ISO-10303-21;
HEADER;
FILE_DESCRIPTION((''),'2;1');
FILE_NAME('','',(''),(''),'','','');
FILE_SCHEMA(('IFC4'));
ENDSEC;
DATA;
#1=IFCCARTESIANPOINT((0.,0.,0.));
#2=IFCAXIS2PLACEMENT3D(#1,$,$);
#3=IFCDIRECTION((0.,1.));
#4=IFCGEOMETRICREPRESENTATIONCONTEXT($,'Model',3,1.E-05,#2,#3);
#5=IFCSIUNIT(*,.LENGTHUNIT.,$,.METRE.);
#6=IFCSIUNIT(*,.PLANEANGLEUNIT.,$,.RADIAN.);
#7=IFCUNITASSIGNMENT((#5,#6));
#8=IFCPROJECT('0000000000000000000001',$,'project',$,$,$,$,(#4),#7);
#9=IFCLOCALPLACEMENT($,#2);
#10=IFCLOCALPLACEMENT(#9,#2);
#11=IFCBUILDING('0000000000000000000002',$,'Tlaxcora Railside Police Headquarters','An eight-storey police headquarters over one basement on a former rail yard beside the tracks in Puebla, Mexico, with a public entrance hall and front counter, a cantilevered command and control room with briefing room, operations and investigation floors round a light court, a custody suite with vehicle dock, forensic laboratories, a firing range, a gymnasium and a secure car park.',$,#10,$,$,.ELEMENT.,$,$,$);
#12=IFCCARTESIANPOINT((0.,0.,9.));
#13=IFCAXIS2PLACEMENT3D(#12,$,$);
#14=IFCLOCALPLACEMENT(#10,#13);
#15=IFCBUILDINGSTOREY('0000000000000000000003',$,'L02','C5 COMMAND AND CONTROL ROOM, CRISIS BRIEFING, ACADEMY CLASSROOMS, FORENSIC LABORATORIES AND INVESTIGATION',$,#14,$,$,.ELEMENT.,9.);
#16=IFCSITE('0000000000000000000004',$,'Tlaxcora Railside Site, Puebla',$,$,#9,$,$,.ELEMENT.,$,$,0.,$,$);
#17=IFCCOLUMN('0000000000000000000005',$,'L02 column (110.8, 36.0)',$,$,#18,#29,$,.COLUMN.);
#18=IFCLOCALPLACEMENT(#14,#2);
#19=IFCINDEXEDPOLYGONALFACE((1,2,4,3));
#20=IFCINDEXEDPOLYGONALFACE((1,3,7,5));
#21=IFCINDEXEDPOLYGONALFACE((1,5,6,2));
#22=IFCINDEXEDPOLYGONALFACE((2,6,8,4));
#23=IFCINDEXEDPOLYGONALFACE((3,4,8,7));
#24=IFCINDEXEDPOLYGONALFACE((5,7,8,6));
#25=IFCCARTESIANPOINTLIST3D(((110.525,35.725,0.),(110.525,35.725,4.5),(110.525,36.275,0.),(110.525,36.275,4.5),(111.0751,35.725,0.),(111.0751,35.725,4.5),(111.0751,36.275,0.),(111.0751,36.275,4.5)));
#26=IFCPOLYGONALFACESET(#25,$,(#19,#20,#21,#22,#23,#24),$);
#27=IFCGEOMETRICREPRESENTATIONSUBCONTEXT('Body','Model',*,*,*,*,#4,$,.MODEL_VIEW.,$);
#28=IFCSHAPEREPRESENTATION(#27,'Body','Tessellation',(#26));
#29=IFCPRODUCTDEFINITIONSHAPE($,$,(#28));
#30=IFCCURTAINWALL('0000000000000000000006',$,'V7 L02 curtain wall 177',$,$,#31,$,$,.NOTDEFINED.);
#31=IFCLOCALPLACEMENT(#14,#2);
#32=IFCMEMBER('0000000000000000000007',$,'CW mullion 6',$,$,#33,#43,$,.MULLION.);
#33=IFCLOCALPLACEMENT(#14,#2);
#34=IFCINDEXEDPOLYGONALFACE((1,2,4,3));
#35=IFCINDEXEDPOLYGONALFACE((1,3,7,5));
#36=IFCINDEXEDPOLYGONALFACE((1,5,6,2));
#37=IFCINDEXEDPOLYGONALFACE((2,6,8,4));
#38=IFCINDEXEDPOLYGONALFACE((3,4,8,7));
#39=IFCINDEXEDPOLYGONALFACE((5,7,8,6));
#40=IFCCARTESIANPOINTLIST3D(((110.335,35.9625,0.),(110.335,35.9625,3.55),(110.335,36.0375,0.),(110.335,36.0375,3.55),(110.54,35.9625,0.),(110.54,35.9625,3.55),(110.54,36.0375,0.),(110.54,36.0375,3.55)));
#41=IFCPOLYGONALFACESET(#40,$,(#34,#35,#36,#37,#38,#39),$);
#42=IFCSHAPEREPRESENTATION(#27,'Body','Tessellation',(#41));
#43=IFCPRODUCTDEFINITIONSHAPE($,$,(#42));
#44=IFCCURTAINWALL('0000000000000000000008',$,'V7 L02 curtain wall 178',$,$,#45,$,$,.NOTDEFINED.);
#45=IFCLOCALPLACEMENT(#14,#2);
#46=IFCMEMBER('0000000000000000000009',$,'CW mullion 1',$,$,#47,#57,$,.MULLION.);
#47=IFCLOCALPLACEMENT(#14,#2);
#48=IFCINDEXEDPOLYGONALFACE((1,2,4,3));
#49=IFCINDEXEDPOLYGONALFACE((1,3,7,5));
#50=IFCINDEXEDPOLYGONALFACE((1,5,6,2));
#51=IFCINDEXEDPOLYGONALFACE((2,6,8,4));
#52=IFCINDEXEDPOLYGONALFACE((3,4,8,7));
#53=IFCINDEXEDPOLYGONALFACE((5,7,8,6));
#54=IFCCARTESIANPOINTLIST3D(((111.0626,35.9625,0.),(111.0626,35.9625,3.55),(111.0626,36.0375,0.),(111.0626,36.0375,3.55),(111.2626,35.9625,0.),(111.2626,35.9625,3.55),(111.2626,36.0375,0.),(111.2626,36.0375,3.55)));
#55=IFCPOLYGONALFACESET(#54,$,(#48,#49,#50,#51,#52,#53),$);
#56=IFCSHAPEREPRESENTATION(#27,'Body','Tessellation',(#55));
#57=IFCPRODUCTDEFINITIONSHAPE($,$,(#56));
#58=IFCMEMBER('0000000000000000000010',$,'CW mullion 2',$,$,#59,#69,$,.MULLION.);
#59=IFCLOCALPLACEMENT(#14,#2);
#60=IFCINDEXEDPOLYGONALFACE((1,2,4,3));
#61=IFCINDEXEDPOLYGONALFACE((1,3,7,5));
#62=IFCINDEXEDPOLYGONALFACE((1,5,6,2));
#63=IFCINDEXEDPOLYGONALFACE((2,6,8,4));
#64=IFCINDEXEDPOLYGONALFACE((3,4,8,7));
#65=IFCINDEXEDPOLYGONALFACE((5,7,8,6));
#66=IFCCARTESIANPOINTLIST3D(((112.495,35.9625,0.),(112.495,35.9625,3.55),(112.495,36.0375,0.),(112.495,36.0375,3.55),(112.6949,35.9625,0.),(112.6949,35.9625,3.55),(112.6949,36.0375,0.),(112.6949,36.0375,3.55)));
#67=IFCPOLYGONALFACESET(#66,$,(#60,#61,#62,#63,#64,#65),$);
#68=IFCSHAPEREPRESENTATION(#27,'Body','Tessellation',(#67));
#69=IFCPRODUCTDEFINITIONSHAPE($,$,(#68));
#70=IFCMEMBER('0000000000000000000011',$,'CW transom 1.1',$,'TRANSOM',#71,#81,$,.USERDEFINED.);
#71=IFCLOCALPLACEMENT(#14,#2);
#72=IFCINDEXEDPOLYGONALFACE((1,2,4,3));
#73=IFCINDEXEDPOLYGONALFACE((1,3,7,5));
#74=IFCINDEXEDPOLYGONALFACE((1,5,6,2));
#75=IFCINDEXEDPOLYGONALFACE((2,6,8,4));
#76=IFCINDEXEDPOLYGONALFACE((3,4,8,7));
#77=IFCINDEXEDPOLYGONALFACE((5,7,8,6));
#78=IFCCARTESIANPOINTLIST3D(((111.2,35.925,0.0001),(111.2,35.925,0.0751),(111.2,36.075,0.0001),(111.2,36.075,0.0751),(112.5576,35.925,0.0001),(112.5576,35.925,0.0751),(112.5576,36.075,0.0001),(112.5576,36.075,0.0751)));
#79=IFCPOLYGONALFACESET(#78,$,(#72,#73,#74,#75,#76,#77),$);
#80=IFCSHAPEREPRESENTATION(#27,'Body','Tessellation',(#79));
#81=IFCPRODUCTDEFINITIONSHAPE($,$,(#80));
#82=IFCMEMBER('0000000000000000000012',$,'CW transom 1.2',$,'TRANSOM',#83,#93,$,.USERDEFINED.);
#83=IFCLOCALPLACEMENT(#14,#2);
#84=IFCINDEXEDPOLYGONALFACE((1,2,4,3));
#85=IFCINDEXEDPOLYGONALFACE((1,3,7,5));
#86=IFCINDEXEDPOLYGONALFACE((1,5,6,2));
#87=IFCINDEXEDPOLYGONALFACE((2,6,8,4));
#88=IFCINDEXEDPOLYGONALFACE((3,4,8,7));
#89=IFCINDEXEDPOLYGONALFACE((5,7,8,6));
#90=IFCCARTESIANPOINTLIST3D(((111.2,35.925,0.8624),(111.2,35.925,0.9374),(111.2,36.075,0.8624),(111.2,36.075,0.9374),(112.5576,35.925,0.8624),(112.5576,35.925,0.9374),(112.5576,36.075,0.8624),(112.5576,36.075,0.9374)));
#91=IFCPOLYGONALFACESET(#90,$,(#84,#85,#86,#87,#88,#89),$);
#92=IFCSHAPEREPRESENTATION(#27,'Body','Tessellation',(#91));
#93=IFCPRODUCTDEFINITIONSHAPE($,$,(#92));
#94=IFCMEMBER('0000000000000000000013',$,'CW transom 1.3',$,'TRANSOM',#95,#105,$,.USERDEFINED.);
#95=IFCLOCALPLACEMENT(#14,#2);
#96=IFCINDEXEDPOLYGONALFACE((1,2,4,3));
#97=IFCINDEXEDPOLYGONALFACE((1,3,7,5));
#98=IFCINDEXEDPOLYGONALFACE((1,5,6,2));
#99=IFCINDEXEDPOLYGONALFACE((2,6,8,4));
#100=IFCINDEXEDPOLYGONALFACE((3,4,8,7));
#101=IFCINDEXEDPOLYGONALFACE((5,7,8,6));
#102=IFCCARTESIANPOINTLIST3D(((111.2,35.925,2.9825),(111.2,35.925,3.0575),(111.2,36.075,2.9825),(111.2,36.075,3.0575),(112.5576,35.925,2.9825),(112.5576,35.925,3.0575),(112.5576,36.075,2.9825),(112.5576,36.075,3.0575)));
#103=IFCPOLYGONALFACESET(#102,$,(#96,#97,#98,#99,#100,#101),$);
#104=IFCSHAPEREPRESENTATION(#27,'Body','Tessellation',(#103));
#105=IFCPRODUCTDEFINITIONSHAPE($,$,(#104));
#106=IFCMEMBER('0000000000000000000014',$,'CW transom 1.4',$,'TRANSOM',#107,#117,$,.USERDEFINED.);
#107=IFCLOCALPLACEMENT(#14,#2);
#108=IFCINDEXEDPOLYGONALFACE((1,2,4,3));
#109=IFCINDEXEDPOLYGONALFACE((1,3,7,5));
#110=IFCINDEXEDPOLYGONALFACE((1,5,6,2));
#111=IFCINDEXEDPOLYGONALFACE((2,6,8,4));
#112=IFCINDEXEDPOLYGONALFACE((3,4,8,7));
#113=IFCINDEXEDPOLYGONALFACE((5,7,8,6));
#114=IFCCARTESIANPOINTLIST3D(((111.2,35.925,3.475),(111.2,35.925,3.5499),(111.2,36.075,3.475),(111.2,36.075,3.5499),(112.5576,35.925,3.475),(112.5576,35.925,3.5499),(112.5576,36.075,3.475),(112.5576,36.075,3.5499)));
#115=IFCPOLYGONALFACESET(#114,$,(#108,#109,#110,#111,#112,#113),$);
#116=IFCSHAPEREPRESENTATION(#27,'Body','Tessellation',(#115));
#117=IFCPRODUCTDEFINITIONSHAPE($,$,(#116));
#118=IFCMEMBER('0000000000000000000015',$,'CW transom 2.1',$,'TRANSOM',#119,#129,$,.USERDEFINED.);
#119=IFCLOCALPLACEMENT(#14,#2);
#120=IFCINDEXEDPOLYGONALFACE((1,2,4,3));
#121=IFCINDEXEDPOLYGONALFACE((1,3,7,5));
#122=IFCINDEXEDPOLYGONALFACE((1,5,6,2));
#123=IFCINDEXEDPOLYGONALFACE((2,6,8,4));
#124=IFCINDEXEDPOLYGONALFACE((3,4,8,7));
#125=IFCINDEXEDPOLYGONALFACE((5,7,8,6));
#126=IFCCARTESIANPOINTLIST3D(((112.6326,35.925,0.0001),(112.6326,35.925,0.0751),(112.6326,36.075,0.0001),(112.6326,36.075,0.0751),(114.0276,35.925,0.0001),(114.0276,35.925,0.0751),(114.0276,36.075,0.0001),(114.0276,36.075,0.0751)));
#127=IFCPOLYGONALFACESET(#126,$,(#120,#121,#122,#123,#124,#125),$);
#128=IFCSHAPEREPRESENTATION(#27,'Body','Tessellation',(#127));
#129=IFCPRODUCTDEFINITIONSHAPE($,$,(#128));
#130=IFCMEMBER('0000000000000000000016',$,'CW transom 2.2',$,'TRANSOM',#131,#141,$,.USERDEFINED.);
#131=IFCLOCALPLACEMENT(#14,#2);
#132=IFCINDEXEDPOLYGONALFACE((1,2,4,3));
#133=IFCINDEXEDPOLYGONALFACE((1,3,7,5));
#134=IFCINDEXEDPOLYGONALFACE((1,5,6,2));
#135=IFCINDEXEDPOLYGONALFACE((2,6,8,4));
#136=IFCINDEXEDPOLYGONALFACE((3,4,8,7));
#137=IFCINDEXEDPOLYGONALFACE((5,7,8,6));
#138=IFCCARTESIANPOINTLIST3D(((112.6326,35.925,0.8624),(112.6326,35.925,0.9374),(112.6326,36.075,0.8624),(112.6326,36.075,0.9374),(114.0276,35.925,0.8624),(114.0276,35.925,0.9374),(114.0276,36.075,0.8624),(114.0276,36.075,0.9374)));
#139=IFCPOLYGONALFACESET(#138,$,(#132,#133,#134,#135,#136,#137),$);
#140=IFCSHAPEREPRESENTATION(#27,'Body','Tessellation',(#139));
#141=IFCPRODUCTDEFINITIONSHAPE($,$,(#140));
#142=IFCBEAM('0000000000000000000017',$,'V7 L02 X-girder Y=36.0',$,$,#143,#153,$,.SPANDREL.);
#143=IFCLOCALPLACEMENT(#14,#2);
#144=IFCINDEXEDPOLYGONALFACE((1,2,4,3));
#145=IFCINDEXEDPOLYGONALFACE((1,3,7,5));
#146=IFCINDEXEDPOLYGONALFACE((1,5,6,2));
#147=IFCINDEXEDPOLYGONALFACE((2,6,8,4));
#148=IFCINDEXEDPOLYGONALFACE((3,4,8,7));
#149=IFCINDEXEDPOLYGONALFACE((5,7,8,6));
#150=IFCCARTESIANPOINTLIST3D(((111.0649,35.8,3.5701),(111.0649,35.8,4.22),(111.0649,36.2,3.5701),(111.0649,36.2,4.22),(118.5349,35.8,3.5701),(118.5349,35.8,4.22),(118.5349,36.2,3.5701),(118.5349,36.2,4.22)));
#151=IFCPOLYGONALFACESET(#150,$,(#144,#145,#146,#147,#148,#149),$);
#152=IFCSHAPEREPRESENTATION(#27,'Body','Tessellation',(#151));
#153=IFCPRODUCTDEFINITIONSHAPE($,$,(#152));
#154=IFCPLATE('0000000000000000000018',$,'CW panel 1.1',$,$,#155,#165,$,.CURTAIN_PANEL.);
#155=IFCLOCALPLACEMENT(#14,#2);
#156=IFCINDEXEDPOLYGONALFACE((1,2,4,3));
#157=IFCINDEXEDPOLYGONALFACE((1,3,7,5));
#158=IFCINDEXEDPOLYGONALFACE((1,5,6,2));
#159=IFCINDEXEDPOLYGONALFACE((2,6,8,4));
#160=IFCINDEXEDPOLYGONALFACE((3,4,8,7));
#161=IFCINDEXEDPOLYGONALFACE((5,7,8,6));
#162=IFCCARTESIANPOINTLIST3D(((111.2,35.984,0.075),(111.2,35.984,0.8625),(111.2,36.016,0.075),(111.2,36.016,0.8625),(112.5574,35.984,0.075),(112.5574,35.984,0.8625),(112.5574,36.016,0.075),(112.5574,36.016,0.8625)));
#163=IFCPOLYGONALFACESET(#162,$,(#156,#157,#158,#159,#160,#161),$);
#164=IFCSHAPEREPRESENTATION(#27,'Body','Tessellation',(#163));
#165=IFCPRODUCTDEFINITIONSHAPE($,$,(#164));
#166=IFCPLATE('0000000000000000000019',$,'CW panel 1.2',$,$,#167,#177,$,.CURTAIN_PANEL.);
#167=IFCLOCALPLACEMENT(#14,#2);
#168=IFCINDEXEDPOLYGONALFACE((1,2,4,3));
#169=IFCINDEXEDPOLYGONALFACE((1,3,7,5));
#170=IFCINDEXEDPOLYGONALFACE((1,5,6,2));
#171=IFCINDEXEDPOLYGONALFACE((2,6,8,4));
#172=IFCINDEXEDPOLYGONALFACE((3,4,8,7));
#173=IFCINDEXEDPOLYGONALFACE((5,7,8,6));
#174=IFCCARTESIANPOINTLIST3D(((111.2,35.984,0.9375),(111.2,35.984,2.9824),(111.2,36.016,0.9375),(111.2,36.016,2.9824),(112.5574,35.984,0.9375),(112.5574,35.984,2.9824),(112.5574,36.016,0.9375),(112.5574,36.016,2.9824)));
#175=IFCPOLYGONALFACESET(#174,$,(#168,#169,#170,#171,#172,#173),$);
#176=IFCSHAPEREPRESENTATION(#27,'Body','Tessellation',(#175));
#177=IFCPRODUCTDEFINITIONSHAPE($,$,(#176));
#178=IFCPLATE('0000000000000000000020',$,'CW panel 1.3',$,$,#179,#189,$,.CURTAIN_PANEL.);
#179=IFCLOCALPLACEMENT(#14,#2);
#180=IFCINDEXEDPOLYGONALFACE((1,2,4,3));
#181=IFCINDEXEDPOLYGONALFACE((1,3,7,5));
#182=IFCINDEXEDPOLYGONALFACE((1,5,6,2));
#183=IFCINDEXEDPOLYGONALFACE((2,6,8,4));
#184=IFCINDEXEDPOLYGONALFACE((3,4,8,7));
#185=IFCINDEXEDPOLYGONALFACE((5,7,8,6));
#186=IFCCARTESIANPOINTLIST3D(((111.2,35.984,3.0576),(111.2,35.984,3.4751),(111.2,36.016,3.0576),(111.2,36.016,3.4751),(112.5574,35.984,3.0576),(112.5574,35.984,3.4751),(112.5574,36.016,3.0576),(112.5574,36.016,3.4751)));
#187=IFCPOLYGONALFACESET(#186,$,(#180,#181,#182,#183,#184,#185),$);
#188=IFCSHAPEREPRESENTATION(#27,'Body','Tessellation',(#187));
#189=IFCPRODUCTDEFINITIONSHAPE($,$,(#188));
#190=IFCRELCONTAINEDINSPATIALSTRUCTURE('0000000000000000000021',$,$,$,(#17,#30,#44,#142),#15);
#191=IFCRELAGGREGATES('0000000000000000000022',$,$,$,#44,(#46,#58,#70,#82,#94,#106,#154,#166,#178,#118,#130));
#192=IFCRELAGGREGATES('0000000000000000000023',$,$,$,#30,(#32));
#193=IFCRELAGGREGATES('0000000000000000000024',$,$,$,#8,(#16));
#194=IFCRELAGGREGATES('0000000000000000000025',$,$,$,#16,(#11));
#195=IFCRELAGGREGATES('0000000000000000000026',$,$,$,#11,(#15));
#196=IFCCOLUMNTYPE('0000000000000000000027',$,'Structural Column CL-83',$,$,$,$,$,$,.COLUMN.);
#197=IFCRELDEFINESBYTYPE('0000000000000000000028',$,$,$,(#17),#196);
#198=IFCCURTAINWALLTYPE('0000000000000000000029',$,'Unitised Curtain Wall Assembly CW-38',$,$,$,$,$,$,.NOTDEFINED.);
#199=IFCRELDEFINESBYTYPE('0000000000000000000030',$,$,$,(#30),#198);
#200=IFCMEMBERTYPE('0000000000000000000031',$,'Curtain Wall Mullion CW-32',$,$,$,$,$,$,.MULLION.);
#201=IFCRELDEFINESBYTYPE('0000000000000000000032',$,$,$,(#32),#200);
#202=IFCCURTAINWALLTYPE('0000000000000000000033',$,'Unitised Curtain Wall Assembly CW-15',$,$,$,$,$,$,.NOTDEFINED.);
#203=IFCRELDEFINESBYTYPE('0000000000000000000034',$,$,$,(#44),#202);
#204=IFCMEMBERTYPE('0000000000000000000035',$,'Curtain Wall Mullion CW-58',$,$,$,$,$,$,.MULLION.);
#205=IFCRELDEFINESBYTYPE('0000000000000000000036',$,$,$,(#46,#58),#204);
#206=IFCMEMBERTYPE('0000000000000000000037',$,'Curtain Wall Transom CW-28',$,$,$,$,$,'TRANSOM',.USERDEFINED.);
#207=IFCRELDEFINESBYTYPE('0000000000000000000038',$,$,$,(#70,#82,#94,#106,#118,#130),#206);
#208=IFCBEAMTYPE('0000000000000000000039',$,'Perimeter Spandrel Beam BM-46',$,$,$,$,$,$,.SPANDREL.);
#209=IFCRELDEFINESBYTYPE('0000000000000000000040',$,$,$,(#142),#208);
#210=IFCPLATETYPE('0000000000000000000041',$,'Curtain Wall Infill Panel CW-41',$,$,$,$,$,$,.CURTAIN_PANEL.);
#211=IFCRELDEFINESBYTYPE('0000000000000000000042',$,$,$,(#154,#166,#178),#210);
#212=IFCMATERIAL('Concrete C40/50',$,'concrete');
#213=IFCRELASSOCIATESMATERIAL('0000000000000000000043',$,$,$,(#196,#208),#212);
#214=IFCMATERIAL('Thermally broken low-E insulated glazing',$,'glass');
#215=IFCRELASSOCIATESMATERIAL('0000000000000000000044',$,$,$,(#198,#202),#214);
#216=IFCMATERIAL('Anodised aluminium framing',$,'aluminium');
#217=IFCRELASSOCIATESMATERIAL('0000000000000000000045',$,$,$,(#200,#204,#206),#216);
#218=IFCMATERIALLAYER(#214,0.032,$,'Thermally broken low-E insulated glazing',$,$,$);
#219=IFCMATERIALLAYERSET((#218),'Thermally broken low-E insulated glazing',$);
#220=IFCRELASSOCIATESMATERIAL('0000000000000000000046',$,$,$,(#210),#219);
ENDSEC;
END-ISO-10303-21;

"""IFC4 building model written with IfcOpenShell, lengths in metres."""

from ifc_helpers import new_model, si_unit, direction, frame, origin, origin_2d, place, context, subcontext, project, spatial, rectangle, extrude, material, layer, layer_set, material_profile, profile_set, type_object, element, aggregate, save


model = new_model("IFC4")

# Units and contexts
model_context = context("Model", 3, precision=1e-05, world=origin(), true_north=direction((0.0, 1.0)))
body_context = subcontext(model_context, "Body", "Model", "MODEL_VIEW")
ifc_project = project(units=[si_unit("LENGTHUNIT", "METRE"), si_unit("PLANEANGLEUNIT", "RADIAN")], contexts=[model_context])

# Site, building, storey
site_placement = place(None, origin())
site = spatial("IfcSite", under=ifc_project, at=site_placement, Name="Tlaxcora Railside Site, Puebla", CompositionType="ELEMENT", RefElevation=0.0)
building_placement = place(site_placement, origin())
building = spatial("IfcBuilding", under=site, at=building_placement, Name="Tlaxcora Railside Police Headquarters", Description="An eight-storey police headquarters over one basement on a former rail yard beside the tracks in Puebla, Mexico, with a public entrance hall and front counter, a cantilevered command and control room with briefing room, operations and investigation floors round a light court, a custody suite with vehicle dock, forensic laboratories, a firing range, a gymnasium and a secure car park.", CompositionType="ELEMENT")
storey_placement = place(building_placement, frame((0.0, 0.0, 9.0)))
storey = spatial("IfcBuildingStorey", under=building, at=storey_placement, Name="L02", Description="C5 COMMAND AND CONTROL ROOM, CRISIS BRIEFING, ACADEMY CLASSROOMS, FORENSIC LABORATORIES AND INVESTIGATION", CompositionType="ELEMENT", Elevation=9.0)

# Column
ifc_material_1 = material(Name="Concrete C40/50", Category="concrete")
ifc_material_profile_1 = material_profile(ifc_material_1, rectangle(XDim=0.55, YDim=0.55, at=origin_2d()), Name="RC550X550")
ifc_profile_set_1 = profile_set([ifc_material_profile_1], Name="Concrete C40/50")
column_type = type_object("IfcColumnType", Name="Structural Column CL-83", PredefinedType="COLUMN", material=ifc_profile_set_1)
column_placement = place(storey_placement, frame((110.8, 36.0, 0.0), z_axis=(0.0, 0.0, 1.0), x_axis=(1.0, 0.0, 0.0)))
element("IfcColumn", 1, at=column_placement, inside=storey, type_object=column_type, Name="L02 column (110.8, 36.0)", PredefinedType="COLUMN", context=body_context, shape_type="SweptSolid", body=[
    extrude(rectangle(XDim=0.55, YDim=0.55, at=origin_2d()), origin(), (0.0, 0.0, 1.0), 4.5),
])

# Curtain wall, member
ifc_material_2 = material(Name="Thermally broken low-E insulated glazing", Category="glass")
curtain_wall_type_1 = type_object("IfcCurtainWallType", Name="Unitised Curtain Wall Assembly CW-38", PredefinedType="NOTDEFINED", material=ifc_material_2)
curtain_wall_1_placement = place(storey_placement, origin())
curtain_wall_1 = element("IfcCurtainWall", 2, at=curtain_wall_1_placement, inside=storey, type_object=curtain_wall_type_1, Name="V7 L02 curtain wall 177", PredefinedType="NOTDEFINED")
ifc_material_3 = material(Name="Anodised aluminium framing", Category="aluminium")
ifc_material_profile_2 = material_profile(ifc_material_3, rectangle(XDim=0.075, YDim=0.2051, at=origin_2d()), Name="AL75X205")
ifc_profile_set_2 = profile_set([ifc_material_profile_2], Name="Anodised aluminium framing")
member_type_1 = type_object("IfcMemberType", Name="Curtain Wall Mullion CW-32", PredefinedType="MULLION", material=ifc_profile_set_2)
member_1_placement = place(storey_placement, frame((110.4375, 36.0, 0.0), z_axis=(0.0, 0.0, 1.0), x_axis=(0.0, 1.0, 0.0)))
member_1 = element("IfcMember", 3, at=member_1_placement, type_object=member_type_1, Name="CW mullion 6", PredefinedType="MULLION", context=body_context, shape_type="SweptSolid", body=[
    extrude(rectangle(XDim=0.075, YDim=0.2051, at=origin_2d()), origin(), (0.0, 0.0, 1.0), 3.55),
])

# Curtain wall, members
curtain_wall_type_2 = type_object("IfcCurtainWallType", Name="Unitised Curtain Wall Assembly CW-15", PredefinedType="NOTDEFINED", material=ifc_material_2)
curtain_wall_2_placement = place(storey_placement, origin())
curtain_wall_2 = element("IfcCurtainWall", 4, at=curtain_wall_2_placement, inside=storey, type_object=curtain_wall_type_2, Name="V7 L02 curtain wall 178", PredefinedType="NOTDEFINED")
ifc_material_profile_3 = material_profile(ifc_material_3, rectangle(XDim=0.075, YDim=0.2, at=origin_2d()), Name="AL75X200")
ifc_profile_set_3 = profile_set([ifc_material_profile_3], Name="Anodised aluminium framing")
member_type_2 = type_object("IfcMemberType", Name="Curtain Wall Mullion CW-58", PredefinedType="MULLION", material=ifc_profile_set_3)
member_2_placement = place(storey_placement, frame((111.1626, 36.0, 0.0), z_axis=(0.0, 0.0, 1.0), x_axis=(0.0, 1.0, 0.0)))
member_2 = element("IfcMember", 5, at=member_2_placement, type_object=member_type_2, Name="CW mullion 1", PredefinedType="MULLION", context=body_context, shape_type="SweptSolid", body=[
    extrude(rectangle(XDim=0.075, YDim=0.2, at=origin_2d()), origin(), (0.0, 0.0, 1.0), 3.55),
])
member_3_placement = place(storey_placement, frame((112.595, 36.0, 0.0), z_axis=(0.0, 0.0, 1.0), x_axis=(0.0, 1.0, 0.0)))
member_3 = element("IfcMember", 6, at=member_3_placement, type_object=member_type_2, Name="CW mullion 2", PredefinedType="MULLION", context=body_context, shape_type="SweptSolid", body=[
    extrude(rectangle(XDim=0.075, YDim=0.2, at=origin_2d()), origin(), (0.0, 0.0, 1.0), 3.55),
])
ifc_material_profile_4 = material_profile(ifc_material_3, rectangle(XDim=0.1499, YDim=0.075, at=origin_2d()), Name="AL75X150")
ifc_profile_set_4 = profile_set([ifc_material_profile_4], Name="Anodised aluminium framing")
member_type_3 = type_object("IfcMemberType", Name="Curtain Wall Transom CW-28", ElementType="TRANSOM", PredefinedType="USERDEFINED", material=ifc_profile_set_4)
member_4_placement = place(storey_placement, frame((111.2, 36.0, 0.0376), z_axis=(1.0, 0.0, 0.0), x_axis=(0.0, 1.0, 0.0)))
member_4 = element("IfcMember", 7, at=member_4_placement, type_object=member_type_3, Name="CW transom 1.1", ObjectType="TRANSOM", PredefinedType="USERDEFINED", context=body_context, shape_type="SweptSolid", body=[
    extrude(rectangle(XDim=0.1499, YDim=0.075, at=origin_2d()), origin(), (0.0, 0.0, 1.0), 1.3577),
])
member_5_placement = place(storey_placement, frame((111.2, 36.0, 0.8999), z_axis=(1.0, 0.0, 0.0), x_axis=(0.0, 1.0, 0.0)))
member_5 = element("IfcMember", 8, at=member_5_placement, type_object=member_type_3, Name="CW transom 1.2", ObjectType="TRANSOM", PredefinedType="USERDEFINED", context=body_context, shape_type="SweptSolid", body=[
    extrude(rectangle(XDim=0.1499, YDim=0.075, at=origin_2d()), origin(), (0.0, 0.0, 1.0), 1.3577),
])
member_6_placement = place(storey_placement, frame((111.2, 36.0, 3.02), z_axis=(1.0, 0.0, 0.0), x_axis=(0.0, 1.0, 0.0)))
member_6 = element("IfcMember", 9, at=member_6_placement, type_object=member_type_3, Name="CW transom 1.3", ObjectType="TRANSOM", PredefinedType="USERDEFINED", context=body_context, shape_type="SweptSolid", body=[
    extrude(rectangle(XDim=0.1499, YDim=0.075, at=origin_2d()), origin(), (0.0, 0.0, 1.0), 1.3577),
])
member_7_placement = place(storey_placement, frame((111.2, 36.0, 3.5125), z_axis=(1.0, 0.0, 0.0), x_axis=(0.0, 1.0, 0.0)))
member_7 = element("IfcMember", 10, at=member_7_placement, type_object=member_type_3, Name="CW transom 1.4", ObjectType="TRANSOM", PredefinedType="USERDEFINED", context=body_context, shape_type="SweptSolid", body=[
    extrude(rectangle(XDim=0.1499, YDim=0.075, at=origin_2d()), origin(), (0.0, 0.0, 1.0), 1.3577),
])
member_8_placement = place(storey_placement, frame((112.6326, 36.0, 0.0376), z_axis=(1.0, 0.0, 0.0), x_axis=(0.0, 1.0, 0.0)))
member_8 = element("IfcMember", 11, at=member_8_placement, type_object=member_type_3, Name="CW transom 2.1", ObjectType="TRANSOM", PredefinedType="USERDEFINED", context=body_context, shape_type="SweptSolid", body=[
    extrude(rectangle(XDim=0.1499, YDim=0.075, at=origin_2d()), origin(), (0.0, 0.0, 1.0), 1.395),
])
member_9_placement = place(storey_placement, frame((112.6326, 36.0, 0.8999), z_axis=(1.0, 0.0, 0.0), x_axis=(0.0, 1.0, 0.0)))
member_9 = element("IfcMember", 12, at=member_9_placement, type_object=member_type_3, Name="CW transom 2.2", ObjectType="TRANSOM", PredefinedType="USERDEFINED", context=body_context, shape_type="SweptSolid", body=[
    extrude(rectangle(XDim=0.1499, YDim=0.075, at=origin_2d()), origin(), (0.0, 0.0, 1.0), 1.395),
])

# Beam
ifc_material_profile_5 = material_profile(ifc_material_1, rectangle(XDim=0.3999, YDim=0.6499, at=origin_2d()), Name="RC400X650")
ifc_profile_set_5 = profile_set([ifc_material_profile_5], Name="Concrete C40/50")
beam_type = type_object("IfcBeamType", Name="Perimeter Spandrel Beam BM-46", PredefinedType="SPANDREL", material=ifc_profile_set_5)
beam_placement = place(storey_placement, frame((111.0649, 36.0, 3.895), z_axis=(1.0, 0.0, 0.0), x_axis=(0.0, 1.0, 0.0)))
element("IfcBeam", 13, at=beam_placement, inside=storey, type_object=beam_type, Name="V7 L02 X-girder Y=36.0", PredefinedType="SPANDREL", context=body_context, shape_type="SweptSolid", body=[
    extrude(rectangle(XDim=0.3999, YDim=0.6499, at=origin_2d()), origin(), (0.0, 0.0, 1.0), 7.47),
])

# Plates
ifc_layer_1 = layer(ifc_material_2, 0.032, Name="Thermally broken low-E insulated glazing")
ifc_layer_set_1 = layer_set([ifc_layer_1], Name="Thermally broken low-E insulated glazing")
plate_type_1 = type_object("IfcPlateType", Name="Curtain Wall Infill Panel CW-41", PredefinedType="CURTAIN_PANEL", material=ifc_layer_set_1)
plate_1_placement = place(storey_placement, frame((111.8787, 36.0, 0.075), z_axis=(0.0, 0.0, 1.0), x_axis=(1.0, 0.0, 0.0)))
plate_1 = element("IfcPlate", 14, at=plate_1_placement, type_object=plate_type_1, Name="CW panel 1.1", PredefinedType="CURTAIN_PANEL", context=body_context, shape_type="SweptSolid", body=[
    extrude(rectangle(XDim=1.3574, YDim=0.032, at=origin_2d()), origin(), (0.0, 0.0, 1.0), 0.7876),
])
plate_2_placement = place(storey_placement, frame((111.8787, 36.0, 0.9375), z_axis=(0.0, 0.0, 1.0), x_axis=(1.0, 0.0, 0.0)))
plate_2 = element("IfcPlate", 15, at=plate_2_placement, type_object=plate_type_1, Name="CW panel 1.2", PredefinedType="CURTAIN_PANEL", context=body_context, shape_type="SweptSolid", body=[
    extrude(rectangle(XDim=1.3574, YDim=0.032, at=origin_2d()), origin(), (0.0, 0.0, 1.0), 2.0449),
])
plate_3_placement = place(storey_placement, frame((111.8787, 36.0, 3.0576), z_axis=(0.0, 0.0, 1.0), x_axis=(1.0, 0.0, 0.0)))
plate_3 = element("IfcPlate", 16, at=plate_3_placement, type_object=plate_type_1, Name="CW panel 1.3", PredefinedType="CURTAIN_PANEL", context=body_context, shape_type="SweptSolid", body=[
    extrude(rectangle(XDim=1.3574, YDim=0.032, at=origin_2d()), origin(), (0.0, 0.0, 1.0), 0.4175),
])
aggregate(curtain_wall_2, [member_2, member_3, member_4, member_5, member_6, member_7, plate_1, plate_2, plate_3, member_8, member_9])
aggregate(curtain_wall_1, [member_1])

save(model, "model.ifc")
